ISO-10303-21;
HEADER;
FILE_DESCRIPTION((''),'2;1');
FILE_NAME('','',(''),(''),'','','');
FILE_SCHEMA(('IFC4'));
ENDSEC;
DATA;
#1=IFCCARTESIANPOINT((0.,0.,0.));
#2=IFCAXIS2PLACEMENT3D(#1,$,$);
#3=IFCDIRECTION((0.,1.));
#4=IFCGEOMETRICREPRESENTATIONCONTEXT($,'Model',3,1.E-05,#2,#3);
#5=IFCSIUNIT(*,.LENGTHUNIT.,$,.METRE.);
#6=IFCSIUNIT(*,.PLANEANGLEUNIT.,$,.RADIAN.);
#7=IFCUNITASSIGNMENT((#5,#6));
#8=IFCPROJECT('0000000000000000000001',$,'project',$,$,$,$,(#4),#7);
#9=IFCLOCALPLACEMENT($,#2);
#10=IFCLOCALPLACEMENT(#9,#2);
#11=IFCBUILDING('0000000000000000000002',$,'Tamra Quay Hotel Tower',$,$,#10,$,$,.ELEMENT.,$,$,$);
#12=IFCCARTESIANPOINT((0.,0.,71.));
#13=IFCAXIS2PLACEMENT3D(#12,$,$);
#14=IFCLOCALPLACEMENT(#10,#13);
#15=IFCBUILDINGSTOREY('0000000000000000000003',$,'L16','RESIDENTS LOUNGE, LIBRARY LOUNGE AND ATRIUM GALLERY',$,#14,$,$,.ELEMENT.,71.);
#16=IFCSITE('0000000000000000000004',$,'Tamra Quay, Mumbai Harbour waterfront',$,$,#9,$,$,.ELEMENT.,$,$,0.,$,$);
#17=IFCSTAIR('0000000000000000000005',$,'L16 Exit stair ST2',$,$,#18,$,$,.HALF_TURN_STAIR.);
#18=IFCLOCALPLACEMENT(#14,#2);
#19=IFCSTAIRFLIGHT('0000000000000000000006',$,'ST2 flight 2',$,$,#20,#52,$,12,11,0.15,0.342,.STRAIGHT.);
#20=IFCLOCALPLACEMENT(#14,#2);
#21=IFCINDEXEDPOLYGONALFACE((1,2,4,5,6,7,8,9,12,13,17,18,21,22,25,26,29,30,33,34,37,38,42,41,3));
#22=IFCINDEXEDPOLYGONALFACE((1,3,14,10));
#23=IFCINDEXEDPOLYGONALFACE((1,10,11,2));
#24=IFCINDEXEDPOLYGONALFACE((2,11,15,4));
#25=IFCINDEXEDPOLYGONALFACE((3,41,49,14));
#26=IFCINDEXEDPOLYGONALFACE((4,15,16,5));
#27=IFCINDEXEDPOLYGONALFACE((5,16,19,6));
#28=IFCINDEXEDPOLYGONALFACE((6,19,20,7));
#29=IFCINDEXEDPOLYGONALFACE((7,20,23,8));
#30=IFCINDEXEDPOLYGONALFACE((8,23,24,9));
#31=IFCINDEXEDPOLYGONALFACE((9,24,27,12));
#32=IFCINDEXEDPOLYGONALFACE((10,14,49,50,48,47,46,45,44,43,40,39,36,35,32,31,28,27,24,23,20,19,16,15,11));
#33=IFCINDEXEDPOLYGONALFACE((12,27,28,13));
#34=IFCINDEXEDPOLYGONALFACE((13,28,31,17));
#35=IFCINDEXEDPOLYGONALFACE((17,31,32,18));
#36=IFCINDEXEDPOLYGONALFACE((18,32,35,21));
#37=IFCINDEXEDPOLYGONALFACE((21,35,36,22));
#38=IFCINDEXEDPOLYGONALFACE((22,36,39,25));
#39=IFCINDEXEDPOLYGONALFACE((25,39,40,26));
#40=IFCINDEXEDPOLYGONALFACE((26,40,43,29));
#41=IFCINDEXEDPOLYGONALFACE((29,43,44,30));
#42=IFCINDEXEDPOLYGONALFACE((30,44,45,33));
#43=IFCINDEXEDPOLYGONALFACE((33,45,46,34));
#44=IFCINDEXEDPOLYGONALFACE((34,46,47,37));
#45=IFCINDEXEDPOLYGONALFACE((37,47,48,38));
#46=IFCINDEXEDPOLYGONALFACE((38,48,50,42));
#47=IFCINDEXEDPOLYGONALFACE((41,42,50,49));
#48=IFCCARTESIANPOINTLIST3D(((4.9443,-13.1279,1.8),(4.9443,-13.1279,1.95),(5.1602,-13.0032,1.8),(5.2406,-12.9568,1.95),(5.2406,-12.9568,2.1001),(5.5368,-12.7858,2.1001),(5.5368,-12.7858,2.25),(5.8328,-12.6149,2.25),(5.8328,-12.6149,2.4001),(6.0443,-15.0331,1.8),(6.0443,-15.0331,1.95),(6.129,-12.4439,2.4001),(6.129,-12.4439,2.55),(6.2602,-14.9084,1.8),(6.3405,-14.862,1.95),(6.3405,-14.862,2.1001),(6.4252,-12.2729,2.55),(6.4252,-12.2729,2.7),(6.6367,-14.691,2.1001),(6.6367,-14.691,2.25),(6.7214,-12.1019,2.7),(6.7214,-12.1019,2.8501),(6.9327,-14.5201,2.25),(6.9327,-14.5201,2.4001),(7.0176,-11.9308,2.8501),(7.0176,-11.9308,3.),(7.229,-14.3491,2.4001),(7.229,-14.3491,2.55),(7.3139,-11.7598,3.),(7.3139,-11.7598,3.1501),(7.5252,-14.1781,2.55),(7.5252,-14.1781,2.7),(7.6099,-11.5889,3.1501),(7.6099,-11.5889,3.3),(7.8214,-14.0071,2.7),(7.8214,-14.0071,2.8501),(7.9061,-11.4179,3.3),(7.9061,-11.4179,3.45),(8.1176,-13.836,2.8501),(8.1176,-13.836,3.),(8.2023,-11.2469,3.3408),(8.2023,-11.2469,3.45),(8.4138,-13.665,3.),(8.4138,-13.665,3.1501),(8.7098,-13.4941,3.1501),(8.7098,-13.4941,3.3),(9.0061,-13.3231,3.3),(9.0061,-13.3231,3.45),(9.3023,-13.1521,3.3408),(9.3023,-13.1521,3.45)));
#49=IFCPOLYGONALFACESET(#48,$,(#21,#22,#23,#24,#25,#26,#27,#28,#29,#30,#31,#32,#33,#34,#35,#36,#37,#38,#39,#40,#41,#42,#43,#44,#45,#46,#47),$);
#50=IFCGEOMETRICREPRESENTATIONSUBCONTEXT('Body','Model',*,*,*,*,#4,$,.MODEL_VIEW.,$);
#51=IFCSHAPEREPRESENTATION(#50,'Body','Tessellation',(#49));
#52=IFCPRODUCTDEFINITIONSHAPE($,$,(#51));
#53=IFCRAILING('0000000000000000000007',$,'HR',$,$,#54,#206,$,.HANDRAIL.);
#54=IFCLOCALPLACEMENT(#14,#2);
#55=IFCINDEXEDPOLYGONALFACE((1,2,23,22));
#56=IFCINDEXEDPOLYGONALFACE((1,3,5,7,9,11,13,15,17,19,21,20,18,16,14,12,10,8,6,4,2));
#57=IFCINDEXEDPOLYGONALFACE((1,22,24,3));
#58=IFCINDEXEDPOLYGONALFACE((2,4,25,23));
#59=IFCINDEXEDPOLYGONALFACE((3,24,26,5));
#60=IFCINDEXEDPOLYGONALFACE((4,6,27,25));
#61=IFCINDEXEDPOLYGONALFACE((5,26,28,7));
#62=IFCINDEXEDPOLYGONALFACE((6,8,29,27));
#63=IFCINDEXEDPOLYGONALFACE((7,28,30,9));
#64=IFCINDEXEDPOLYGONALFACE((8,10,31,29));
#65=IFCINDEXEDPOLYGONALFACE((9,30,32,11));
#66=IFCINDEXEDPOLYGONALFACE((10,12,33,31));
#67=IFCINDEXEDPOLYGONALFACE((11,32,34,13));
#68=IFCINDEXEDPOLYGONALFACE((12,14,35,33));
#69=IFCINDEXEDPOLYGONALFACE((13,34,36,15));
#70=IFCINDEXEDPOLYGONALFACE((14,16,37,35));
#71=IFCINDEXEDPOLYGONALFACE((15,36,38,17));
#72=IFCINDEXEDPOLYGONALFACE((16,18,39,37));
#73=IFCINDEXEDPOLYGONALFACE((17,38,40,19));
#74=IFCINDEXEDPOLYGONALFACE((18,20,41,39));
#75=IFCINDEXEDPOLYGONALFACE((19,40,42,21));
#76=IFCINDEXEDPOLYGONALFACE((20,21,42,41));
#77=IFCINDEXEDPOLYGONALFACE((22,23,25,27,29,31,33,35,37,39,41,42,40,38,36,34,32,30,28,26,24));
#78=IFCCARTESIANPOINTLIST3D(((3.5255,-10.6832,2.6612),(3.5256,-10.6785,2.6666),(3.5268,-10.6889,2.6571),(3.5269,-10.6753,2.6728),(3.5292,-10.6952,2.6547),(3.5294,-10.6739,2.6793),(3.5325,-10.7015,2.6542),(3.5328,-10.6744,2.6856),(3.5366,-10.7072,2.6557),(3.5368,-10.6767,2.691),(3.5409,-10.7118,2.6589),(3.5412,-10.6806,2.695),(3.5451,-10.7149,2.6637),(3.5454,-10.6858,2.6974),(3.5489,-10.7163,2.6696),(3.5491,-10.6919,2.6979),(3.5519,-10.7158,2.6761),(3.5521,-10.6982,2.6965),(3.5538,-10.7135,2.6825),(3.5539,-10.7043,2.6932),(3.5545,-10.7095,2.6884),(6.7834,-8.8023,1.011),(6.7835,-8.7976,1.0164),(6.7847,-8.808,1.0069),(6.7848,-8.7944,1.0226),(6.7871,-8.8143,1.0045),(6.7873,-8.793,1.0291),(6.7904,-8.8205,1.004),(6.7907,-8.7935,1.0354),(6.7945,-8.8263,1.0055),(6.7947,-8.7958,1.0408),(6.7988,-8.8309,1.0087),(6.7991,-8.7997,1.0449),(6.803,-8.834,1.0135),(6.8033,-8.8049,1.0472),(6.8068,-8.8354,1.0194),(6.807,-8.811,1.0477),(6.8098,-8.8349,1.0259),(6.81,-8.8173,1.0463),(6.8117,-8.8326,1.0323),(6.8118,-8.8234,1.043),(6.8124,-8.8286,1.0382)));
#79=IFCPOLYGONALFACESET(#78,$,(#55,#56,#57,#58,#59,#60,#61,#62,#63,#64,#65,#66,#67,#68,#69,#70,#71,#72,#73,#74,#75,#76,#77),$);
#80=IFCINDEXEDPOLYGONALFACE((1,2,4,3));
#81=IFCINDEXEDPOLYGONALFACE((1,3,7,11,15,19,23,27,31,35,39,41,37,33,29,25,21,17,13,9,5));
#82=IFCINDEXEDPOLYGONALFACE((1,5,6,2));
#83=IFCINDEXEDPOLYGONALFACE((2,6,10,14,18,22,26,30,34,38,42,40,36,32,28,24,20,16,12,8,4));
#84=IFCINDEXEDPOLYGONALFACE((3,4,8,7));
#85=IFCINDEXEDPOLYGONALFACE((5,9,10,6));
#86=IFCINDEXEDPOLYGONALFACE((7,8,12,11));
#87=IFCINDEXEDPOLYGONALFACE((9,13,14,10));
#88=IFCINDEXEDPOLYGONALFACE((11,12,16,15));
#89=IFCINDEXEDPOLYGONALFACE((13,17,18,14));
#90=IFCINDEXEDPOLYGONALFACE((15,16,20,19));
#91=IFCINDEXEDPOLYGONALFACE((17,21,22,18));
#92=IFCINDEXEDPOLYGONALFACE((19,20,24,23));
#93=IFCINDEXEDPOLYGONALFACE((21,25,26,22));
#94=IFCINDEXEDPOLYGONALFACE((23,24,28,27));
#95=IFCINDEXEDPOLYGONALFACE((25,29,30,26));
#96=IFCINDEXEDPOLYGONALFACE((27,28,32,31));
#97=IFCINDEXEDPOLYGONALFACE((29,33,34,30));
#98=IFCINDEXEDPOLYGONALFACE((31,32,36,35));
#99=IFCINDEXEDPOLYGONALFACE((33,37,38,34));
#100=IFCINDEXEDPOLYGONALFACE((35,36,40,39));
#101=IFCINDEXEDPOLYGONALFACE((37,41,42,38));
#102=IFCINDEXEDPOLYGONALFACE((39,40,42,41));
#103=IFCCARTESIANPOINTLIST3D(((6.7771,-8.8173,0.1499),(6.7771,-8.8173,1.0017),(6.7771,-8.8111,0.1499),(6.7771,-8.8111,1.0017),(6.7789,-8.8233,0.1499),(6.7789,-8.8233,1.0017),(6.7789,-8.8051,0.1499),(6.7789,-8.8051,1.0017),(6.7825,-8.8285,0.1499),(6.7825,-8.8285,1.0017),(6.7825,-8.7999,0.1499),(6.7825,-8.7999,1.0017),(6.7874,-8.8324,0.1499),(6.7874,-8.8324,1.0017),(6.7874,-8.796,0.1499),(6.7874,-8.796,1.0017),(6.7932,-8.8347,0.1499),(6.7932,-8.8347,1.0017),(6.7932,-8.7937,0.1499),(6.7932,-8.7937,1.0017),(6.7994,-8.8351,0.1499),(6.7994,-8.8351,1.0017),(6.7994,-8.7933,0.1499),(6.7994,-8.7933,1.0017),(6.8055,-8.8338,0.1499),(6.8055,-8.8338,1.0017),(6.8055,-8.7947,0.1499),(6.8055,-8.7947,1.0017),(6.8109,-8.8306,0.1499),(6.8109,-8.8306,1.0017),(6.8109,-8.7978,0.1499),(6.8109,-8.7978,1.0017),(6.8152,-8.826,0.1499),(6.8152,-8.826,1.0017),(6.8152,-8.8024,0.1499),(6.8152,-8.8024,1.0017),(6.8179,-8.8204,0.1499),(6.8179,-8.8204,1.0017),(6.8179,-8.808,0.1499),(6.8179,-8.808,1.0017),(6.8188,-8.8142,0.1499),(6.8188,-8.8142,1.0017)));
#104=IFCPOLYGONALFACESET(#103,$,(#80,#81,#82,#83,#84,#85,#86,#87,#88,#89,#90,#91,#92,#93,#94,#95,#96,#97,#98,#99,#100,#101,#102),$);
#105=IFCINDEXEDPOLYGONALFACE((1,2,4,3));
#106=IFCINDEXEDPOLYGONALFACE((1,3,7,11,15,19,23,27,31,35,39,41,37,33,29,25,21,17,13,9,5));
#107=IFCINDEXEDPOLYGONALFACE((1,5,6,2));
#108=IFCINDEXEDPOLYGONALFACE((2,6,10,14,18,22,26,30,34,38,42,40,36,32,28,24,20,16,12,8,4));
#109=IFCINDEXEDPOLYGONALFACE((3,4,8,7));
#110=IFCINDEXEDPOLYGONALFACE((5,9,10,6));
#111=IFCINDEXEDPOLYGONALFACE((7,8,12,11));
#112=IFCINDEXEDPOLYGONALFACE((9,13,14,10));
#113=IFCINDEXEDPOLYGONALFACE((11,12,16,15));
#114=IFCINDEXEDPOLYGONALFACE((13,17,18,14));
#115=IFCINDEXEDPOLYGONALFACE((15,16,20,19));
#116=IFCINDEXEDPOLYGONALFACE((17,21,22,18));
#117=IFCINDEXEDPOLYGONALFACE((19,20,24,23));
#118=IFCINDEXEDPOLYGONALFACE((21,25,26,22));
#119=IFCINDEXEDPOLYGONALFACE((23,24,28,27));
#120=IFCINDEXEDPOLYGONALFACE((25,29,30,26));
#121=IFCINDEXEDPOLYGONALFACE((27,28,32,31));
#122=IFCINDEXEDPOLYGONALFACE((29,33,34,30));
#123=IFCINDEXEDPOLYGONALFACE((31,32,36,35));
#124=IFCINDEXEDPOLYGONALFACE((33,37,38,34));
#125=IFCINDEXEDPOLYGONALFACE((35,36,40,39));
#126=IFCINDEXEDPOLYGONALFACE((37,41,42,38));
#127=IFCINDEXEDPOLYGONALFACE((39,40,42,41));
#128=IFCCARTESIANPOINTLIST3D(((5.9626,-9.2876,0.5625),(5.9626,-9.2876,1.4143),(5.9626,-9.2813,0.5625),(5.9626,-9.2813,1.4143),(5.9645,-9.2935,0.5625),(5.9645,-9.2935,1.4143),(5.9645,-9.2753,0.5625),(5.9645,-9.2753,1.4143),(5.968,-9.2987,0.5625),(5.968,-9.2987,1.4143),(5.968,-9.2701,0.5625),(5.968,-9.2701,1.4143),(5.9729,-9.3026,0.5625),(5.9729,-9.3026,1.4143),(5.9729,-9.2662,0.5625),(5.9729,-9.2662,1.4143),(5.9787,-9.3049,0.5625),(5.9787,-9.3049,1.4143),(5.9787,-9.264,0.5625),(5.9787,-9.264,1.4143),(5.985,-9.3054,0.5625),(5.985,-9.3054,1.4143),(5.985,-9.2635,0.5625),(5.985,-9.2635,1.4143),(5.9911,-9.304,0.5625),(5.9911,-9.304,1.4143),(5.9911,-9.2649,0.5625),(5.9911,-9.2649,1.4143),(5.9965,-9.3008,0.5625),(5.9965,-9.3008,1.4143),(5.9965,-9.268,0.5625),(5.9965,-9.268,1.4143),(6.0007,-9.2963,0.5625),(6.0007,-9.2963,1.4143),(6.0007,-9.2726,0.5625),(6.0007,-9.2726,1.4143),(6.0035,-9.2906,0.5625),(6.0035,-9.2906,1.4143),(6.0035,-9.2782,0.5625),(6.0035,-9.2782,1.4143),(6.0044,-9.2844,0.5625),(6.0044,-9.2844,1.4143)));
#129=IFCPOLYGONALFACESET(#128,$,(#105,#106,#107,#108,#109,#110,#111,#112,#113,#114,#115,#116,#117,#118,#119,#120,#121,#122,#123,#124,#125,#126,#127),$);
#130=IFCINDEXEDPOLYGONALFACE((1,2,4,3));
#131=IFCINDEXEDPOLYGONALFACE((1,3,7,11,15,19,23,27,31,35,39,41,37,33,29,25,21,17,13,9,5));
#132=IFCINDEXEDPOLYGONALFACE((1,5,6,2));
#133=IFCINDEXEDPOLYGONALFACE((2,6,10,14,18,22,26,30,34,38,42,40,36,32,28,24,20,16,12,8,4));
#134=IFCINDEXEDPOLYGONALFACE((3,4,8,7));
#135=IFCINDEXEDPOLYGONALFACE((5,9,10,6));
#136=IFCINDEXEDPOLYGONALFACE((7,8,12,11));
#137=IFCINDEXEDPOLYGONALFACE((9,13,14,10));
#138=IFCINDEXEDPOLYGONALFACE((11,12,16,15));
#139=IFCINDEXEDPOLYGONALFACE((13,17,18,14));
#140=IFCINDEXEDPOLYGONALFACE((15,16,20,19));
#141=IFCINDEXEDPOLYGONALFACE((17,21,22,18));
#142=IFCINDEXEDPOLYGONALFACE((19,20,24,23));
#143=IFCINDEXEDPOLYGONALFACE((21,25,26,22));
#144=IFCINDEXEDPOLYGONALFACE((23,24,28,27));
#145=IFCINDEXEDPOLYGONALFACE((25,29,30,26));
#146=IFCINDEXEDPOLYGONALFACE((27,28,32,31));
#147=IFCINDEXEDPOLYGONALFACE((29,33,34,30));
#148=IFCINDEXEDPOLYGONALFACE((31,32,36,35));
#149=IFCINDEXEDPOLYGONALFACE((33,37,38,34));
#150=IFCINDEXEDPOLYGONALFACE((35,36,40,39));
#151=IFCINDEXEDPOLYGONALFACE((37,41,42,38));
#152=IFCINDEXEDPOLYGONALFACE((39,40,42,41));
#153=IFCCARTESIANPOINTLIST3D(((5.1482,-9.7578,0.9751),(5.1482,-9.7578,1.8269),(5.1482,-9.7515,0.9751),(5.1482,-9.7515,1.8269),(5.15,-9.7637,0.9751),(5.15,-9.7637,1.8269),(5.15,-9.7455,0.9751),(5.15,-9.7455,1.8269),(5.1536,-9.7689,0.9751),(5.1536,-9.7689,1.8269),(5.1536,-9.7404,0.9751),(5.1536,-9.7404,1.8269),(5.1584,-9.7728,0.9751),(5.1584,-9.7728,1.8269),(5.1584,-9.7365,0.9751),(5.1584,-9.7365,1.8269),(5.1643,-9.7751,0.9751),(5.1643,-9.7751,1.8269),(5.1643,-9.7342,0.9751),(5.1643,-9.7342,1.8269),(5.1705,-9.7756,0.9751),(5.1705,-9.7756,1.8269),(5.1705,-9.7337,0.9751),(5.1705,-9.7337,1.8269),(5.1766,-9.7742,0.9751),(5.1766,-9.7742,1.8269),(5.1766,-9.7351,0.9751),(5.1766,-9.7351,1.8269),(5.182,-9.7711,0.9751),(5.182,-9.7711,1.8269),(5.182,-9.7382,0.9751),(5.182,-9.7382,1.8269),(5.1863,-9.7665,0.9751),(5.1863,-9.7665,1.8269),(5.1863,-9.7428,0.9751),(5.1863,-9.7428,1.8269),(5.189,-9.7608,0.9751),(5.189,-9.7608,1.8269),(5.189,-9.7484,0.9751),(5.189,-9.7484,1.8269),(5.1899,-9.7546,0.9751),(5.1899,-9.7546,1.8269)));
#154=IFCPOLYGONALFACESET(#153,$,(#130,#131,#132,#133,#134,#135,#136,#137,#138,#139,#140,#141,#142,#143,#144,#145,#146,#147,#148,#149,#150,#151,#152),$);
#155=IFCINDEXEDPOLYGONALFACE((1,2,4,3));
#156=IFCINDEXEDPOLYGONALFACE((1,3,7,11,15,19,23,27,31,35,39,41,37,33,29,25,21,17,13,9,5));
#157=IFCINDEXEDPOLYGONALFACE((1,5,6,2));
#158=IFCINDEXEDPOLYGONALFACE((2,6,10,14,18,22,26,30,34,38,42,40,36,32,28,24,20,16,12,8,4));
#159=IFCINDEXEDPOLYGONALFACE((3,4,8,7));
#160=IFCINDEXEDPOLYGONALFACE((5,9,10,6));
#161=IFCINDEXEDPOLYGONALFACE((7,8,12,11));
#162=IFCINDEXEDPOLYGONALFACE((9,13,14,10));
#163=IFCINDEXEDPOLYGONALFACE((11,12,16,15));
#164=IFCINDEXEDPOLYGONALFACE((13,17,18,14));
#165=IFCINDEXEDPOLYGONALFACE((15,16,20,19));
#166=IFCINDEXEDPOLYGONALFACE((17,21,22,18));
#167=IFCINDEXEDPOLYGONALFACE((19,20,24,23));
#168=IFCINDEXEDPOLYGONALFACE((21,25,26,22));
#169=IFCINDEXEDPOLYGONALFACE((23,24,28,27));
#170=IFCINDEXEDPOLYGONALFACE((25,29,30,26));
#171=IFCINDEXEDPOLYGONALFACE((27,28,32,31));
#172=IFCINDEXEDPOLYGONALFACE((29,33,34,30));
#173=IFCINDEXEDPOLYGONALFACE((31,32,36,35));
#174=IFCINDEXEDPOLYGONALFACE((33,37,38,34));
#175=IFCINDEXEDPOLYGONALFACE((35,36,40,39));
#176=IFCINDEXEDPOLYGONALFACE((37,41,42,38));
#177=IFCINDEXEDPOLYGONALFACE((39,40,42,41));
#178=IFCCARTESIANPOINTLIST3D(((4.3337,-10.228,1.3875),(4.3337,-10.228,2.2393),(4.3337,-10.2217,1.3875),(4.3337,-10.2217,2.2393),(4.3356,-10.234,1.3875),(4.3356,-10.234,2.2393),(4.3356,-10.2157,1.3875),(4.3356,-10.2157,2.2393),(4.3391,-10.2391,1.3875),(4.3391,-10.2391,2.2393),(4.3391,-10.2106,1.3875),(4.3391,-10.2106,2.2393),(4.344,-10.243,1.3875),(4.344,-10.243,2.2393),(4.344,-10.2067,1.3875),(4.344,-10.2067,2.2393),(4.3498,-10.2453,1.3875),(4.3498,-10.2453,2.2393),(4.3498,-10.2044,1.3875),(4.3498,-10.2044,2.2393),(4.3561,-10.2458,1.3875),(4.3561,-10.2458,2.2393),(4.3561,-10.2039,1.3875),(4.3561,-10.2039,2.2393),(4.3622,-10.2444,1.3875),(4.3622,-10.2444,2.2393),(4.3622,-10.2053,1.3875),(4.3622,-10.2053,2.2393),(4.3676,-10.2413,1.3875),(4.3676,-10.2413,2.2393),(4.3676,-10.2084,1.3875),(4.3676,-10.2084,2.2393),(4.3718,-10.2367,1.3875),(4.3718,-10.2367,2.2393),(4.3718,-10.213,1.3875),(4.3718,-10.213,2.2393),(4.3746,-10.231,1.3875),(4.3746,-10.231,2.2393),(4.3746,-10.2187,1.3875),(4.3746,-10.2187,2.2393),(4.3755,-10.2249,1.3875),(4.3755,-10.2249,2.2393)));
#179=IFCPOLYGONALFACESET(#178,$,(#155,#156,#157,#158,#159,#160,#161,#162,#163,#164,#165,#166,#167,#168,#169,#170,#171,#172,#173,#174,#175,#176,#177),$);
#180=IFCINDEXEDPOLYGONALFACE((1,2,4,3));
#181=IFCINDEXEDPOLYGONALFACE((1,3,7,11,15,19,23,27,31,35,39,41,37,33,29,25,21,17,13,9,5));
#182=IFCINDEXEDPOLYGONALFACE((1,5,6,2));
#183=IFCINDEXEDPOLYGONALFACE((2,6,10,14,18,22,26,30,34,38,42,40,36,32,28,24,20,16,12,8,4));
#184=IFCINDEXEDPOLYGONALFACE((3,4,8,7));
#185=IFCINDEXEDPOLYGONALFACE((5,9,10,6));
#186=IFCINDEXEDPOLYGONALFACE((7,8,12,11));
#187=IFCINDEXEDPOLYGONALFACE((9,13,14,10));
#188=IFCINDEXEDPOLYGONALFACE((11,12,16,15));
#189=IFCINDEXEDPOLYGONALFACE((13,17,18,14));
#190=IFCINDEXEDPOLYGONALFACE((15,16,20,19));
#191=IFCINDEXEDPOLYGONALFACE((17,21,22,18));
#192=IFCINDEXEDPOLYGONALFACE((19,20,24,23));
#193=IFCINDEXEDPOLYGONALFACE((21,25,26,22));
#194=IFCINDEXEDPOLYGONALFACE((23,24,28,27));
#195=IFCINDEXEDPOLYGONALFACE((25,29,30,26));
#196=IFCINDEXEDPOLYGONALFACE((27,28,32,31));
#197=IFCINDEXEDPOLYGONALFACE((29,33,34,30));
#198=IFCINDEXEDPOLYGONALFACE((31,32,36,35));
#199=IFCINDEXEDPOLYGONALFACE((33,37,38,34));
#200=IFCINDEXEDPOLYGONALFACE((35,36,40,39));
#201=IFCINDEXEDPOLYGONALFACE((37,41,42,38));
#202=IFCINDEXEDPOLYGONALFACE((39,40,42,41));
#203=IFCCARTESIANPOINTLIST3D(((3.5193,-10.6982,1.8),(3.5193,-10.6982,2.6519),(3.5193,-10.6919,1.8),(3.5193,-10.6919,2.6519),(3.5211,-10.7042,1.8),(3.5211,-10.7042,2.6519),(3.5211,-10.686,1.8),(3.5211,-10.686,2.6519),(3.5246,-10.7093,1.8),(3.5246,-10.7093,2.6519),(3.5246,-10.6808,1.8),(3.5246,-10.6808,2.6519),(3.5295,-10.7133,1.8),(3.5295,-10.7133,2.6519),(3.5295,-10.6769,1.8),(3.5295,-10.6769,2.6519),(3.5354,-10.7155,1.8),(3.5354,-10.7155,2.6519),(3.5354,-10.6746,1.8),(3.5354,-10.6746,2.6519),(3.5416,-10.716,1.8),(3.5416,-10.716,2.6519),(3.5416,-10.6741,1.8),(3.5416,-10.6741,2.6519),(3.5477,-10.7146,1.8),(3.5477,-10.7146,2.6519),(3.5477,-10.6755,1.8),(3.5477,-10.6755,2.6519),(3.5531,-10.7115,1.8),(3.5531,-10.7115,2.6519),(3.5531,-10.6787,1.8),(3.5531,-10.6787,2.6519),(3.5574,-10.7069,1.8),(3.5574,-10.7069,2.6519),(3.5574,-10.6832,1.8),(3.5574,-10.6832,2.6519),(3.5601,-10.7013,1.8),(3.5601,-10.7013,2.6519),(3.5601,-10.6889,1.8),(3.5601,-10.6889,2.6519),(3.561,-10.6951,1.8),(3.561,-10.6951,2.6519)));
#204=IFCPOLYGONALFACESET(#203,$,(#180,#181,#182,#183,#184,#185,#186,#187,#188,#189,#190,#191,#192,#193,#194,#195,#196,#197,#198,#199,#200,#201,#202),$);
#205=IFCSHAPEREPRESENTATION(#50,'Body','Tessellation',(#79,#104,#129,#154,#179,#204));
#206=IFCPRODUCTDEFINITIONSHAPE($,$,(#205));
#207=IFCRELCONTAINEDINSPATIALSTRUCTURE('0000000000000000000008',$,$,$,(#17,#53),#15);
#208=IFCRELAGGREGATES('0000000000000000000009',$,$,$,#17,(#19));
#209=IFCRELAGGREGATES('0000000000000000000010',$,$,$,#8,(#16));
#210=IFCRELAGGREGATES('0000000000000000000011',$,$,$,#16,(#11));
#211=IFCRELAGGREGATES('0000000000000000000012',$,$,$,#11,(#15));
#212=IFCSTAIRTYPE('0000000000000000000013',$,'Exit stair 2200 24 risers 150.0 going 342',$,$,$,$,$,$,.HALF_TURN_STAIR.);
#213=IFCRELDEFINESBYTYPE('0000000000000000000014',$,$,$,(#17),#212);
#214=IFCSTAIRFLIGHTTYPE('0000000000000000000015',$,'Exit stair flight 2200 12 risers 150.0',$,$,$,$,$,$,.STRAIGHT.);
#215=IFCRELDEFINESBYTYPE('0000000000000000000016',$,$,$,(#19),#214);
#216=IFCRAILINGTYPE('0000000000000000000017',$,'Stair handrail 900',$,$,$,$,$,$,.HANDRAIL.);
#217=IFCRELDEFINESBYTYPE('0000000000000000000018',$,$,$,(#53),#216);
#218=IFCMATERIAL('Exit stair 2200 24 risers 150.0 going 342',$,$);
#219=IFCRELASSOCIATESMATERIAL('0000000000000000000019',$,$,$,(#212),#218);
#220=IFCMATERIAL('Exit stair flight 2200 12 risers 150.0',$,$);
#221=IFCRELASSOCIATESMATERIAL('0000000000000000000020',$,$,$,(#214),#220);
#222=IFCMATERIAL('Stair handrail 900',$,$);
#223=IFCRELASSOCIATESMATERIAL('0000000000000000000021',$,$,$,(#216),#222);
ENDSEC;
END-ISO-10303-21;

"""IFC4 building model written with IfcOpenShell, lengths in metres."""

from ifc_helpers import new_model, si_unit, direction, frame, origin, origin_2d, place, context, subcontext, project, spatial, polyline, circle, outline, extrude, material, type_object, element, aggregate, save


model = new_model("IFC4")

# Units and contexts
model_context = context("Model", 3, precision=1e-05, world=origin(), true_north=direction((0.0, 1.0)))
body_context = subcontext(model_context, "Body", "Model", "MODEL_VIEW")
ifc_project = project(units=[si_unit("LENGTHUNIT", "METRE"), si_unit("PLANEANGLEUNIT", "RADIAN")], contexts=[model_context])

# Site, building, storey
site_placement = place(None, origin())
site = spatial("IfcSite", under=ifc_project, at=site_placement, Name="Tamra Quay, Mumbai Harbour waterfront", CompositionType="ELEMENT", RefElevation=0.0)
building_placement = place(site_placement, origin())
building = spatial("IfcBuilding", under=site, at=building_placement, Name="Tamra Quay Hotel Tower", CompositionType="ELEMENT")
storey_placement = place(building_placement, frame((0.0, 0.0, 71.0)))
storey = spatial("IfcBuildingStorey", under=building, at=storey_placement, Name="L16", Description="RESIDENTS LOUNGE, LIBRARY LOUNGE AND ATRIUM GALLERY", CompositionType="ELEMENT", Elevation=71.0)

# Stair, stair flight
ifc_material_1 = material(Name="Exit stair 2200 24 risers 150.0 going 342")
stair_type = type_object("IfcStairType", Name="Exit stair 2200 24 risers 150.0 going 342", PredefinedType="HALF_TURN_STAIR", material=ifc_material_1)
stair_placement = place(storey_placement, origin())
stair = element("IfcStair", 1, at=stair_placement, inside=storey, type_object=stair_type, Name="L16 Exit stair ST2", PredefinedType="HALF_TURN_STAIR")
ifc_material_2 = material(Name="Exit stair flight 2200 12 risers 150.0")
stair_flight_type = type_object("IfcStairFlightType", Name="Exit stair flight 2200 12 risers 150.0", PredefinedType="STRAIGHT", material=ifc_material_2)
stair_flight_1_placement = place(storey_placement, frame((5.4944, -14.0806, 1.8), z_axis=(0.0, 0.0, 1.0), x_axis=(0.866025, 0.5, 0.0)))
stair_flight_1 = element("IfcStairFlight", 2, at=stair_flight_1_placement, type_object=stair_flight_type, Name="ST2 flight 2", NumberOfRisers=12, NumberOfTreads=11, PredefinedType="STRAIGHT", RiserHeight=0.15, TreadLength=0.342, context=body_context, shape_type="SweptSolid", body=[
    extrude(outline(polyline([(0.0, 0.0), (0.0, 0.1499), (0.342, 0.1499), (0.342, 0.3), (0.6841, 0.3), (0.6841, 0.45), (1.0259, 0.45), (1.0259, 0.6001), (1.3679, 0.6001), (1.3679, 0.75), (1.71, 0.75), (1.71, 0.8999), (2.052, 0.8999), (2.052, 1.05), (2.394, 1.05), (2.394, 1.2), (2.7361, 1.2), (2.7361, 1.3501), (3.0779, 1.3501), (3.0779, 1.5), (3.4199, 1.5), (3.4199, 1.6499), (3.762, 1.6499), (3.762, 1.8), (3.762, 1.5408), (0.2493, 0.0), (0.0, 0.0)])), frame((0.0, 1.1001, 0.0), z_axis=(0.0, -1.0, 0.0), x_axis=(1.0, 0.0, 0.0)), (0.0, 0.0, 1.0), 2.2),
])
aggregate(stair, [stair_flight_1])

# Railing
ifc_material_3 = material(Name="Stair handrail 900")
railing_type_1 = type_object("IfcRailingType", Name="Stair handrail 900", PredefinedType="HANDRAIL", material=ifc_material_3)
railing_1_placement = place(storey_placement, frame((6.7979, -8.8142, 0.1499)))
element("IfcRailing", 3, at=railing_1_placement, inside=storey, type_object=railing_type_1, Name="HR", PredefinedType="HANDRAIL", context=body_context, shape_type="SweptSolid", body=[
    extrude(circle(Radius=0.0239, at=origin_2d()), frame((0.0, 0.0, 0.876), z_axis=(-0.793081, -0.457876, 0.401711), x_axis=(0.499992, -0.86603, 0.0)), (0.0, 0.0, 1.0), 4.1079),
    extrude(circle(Radius=0.021, at=origin_2d()), origin(), (0.0, 0.0, 1.0), 0.8518),
    extrude(circle(Radius=0.021, at=origin_2d()), frame((-0.8145, -0.4702, 0.4126)), (0.0, 0.0, 1.0), 0.8518),
    extrude(circle(Radius=0.021, at=origin_2d()), frame((-1.6289, -0.9404, 0.8252)), (0.0, 0.0, 1.0), 0.8518),
    extrude(circle(Radius=0.021, at=origin_2d()), frame((-2.4434, -1.4106, 1.2375)), (0.0, 0.0, 1.0), 0.8518),
    extrude(circle(Radius=0.021, at=origin_2d()), frame((-3.2578, -1.8809, 1.6501)), (0.0, 0.0, 1.0), 0.8518),
])

save(model, "model.ifc")
